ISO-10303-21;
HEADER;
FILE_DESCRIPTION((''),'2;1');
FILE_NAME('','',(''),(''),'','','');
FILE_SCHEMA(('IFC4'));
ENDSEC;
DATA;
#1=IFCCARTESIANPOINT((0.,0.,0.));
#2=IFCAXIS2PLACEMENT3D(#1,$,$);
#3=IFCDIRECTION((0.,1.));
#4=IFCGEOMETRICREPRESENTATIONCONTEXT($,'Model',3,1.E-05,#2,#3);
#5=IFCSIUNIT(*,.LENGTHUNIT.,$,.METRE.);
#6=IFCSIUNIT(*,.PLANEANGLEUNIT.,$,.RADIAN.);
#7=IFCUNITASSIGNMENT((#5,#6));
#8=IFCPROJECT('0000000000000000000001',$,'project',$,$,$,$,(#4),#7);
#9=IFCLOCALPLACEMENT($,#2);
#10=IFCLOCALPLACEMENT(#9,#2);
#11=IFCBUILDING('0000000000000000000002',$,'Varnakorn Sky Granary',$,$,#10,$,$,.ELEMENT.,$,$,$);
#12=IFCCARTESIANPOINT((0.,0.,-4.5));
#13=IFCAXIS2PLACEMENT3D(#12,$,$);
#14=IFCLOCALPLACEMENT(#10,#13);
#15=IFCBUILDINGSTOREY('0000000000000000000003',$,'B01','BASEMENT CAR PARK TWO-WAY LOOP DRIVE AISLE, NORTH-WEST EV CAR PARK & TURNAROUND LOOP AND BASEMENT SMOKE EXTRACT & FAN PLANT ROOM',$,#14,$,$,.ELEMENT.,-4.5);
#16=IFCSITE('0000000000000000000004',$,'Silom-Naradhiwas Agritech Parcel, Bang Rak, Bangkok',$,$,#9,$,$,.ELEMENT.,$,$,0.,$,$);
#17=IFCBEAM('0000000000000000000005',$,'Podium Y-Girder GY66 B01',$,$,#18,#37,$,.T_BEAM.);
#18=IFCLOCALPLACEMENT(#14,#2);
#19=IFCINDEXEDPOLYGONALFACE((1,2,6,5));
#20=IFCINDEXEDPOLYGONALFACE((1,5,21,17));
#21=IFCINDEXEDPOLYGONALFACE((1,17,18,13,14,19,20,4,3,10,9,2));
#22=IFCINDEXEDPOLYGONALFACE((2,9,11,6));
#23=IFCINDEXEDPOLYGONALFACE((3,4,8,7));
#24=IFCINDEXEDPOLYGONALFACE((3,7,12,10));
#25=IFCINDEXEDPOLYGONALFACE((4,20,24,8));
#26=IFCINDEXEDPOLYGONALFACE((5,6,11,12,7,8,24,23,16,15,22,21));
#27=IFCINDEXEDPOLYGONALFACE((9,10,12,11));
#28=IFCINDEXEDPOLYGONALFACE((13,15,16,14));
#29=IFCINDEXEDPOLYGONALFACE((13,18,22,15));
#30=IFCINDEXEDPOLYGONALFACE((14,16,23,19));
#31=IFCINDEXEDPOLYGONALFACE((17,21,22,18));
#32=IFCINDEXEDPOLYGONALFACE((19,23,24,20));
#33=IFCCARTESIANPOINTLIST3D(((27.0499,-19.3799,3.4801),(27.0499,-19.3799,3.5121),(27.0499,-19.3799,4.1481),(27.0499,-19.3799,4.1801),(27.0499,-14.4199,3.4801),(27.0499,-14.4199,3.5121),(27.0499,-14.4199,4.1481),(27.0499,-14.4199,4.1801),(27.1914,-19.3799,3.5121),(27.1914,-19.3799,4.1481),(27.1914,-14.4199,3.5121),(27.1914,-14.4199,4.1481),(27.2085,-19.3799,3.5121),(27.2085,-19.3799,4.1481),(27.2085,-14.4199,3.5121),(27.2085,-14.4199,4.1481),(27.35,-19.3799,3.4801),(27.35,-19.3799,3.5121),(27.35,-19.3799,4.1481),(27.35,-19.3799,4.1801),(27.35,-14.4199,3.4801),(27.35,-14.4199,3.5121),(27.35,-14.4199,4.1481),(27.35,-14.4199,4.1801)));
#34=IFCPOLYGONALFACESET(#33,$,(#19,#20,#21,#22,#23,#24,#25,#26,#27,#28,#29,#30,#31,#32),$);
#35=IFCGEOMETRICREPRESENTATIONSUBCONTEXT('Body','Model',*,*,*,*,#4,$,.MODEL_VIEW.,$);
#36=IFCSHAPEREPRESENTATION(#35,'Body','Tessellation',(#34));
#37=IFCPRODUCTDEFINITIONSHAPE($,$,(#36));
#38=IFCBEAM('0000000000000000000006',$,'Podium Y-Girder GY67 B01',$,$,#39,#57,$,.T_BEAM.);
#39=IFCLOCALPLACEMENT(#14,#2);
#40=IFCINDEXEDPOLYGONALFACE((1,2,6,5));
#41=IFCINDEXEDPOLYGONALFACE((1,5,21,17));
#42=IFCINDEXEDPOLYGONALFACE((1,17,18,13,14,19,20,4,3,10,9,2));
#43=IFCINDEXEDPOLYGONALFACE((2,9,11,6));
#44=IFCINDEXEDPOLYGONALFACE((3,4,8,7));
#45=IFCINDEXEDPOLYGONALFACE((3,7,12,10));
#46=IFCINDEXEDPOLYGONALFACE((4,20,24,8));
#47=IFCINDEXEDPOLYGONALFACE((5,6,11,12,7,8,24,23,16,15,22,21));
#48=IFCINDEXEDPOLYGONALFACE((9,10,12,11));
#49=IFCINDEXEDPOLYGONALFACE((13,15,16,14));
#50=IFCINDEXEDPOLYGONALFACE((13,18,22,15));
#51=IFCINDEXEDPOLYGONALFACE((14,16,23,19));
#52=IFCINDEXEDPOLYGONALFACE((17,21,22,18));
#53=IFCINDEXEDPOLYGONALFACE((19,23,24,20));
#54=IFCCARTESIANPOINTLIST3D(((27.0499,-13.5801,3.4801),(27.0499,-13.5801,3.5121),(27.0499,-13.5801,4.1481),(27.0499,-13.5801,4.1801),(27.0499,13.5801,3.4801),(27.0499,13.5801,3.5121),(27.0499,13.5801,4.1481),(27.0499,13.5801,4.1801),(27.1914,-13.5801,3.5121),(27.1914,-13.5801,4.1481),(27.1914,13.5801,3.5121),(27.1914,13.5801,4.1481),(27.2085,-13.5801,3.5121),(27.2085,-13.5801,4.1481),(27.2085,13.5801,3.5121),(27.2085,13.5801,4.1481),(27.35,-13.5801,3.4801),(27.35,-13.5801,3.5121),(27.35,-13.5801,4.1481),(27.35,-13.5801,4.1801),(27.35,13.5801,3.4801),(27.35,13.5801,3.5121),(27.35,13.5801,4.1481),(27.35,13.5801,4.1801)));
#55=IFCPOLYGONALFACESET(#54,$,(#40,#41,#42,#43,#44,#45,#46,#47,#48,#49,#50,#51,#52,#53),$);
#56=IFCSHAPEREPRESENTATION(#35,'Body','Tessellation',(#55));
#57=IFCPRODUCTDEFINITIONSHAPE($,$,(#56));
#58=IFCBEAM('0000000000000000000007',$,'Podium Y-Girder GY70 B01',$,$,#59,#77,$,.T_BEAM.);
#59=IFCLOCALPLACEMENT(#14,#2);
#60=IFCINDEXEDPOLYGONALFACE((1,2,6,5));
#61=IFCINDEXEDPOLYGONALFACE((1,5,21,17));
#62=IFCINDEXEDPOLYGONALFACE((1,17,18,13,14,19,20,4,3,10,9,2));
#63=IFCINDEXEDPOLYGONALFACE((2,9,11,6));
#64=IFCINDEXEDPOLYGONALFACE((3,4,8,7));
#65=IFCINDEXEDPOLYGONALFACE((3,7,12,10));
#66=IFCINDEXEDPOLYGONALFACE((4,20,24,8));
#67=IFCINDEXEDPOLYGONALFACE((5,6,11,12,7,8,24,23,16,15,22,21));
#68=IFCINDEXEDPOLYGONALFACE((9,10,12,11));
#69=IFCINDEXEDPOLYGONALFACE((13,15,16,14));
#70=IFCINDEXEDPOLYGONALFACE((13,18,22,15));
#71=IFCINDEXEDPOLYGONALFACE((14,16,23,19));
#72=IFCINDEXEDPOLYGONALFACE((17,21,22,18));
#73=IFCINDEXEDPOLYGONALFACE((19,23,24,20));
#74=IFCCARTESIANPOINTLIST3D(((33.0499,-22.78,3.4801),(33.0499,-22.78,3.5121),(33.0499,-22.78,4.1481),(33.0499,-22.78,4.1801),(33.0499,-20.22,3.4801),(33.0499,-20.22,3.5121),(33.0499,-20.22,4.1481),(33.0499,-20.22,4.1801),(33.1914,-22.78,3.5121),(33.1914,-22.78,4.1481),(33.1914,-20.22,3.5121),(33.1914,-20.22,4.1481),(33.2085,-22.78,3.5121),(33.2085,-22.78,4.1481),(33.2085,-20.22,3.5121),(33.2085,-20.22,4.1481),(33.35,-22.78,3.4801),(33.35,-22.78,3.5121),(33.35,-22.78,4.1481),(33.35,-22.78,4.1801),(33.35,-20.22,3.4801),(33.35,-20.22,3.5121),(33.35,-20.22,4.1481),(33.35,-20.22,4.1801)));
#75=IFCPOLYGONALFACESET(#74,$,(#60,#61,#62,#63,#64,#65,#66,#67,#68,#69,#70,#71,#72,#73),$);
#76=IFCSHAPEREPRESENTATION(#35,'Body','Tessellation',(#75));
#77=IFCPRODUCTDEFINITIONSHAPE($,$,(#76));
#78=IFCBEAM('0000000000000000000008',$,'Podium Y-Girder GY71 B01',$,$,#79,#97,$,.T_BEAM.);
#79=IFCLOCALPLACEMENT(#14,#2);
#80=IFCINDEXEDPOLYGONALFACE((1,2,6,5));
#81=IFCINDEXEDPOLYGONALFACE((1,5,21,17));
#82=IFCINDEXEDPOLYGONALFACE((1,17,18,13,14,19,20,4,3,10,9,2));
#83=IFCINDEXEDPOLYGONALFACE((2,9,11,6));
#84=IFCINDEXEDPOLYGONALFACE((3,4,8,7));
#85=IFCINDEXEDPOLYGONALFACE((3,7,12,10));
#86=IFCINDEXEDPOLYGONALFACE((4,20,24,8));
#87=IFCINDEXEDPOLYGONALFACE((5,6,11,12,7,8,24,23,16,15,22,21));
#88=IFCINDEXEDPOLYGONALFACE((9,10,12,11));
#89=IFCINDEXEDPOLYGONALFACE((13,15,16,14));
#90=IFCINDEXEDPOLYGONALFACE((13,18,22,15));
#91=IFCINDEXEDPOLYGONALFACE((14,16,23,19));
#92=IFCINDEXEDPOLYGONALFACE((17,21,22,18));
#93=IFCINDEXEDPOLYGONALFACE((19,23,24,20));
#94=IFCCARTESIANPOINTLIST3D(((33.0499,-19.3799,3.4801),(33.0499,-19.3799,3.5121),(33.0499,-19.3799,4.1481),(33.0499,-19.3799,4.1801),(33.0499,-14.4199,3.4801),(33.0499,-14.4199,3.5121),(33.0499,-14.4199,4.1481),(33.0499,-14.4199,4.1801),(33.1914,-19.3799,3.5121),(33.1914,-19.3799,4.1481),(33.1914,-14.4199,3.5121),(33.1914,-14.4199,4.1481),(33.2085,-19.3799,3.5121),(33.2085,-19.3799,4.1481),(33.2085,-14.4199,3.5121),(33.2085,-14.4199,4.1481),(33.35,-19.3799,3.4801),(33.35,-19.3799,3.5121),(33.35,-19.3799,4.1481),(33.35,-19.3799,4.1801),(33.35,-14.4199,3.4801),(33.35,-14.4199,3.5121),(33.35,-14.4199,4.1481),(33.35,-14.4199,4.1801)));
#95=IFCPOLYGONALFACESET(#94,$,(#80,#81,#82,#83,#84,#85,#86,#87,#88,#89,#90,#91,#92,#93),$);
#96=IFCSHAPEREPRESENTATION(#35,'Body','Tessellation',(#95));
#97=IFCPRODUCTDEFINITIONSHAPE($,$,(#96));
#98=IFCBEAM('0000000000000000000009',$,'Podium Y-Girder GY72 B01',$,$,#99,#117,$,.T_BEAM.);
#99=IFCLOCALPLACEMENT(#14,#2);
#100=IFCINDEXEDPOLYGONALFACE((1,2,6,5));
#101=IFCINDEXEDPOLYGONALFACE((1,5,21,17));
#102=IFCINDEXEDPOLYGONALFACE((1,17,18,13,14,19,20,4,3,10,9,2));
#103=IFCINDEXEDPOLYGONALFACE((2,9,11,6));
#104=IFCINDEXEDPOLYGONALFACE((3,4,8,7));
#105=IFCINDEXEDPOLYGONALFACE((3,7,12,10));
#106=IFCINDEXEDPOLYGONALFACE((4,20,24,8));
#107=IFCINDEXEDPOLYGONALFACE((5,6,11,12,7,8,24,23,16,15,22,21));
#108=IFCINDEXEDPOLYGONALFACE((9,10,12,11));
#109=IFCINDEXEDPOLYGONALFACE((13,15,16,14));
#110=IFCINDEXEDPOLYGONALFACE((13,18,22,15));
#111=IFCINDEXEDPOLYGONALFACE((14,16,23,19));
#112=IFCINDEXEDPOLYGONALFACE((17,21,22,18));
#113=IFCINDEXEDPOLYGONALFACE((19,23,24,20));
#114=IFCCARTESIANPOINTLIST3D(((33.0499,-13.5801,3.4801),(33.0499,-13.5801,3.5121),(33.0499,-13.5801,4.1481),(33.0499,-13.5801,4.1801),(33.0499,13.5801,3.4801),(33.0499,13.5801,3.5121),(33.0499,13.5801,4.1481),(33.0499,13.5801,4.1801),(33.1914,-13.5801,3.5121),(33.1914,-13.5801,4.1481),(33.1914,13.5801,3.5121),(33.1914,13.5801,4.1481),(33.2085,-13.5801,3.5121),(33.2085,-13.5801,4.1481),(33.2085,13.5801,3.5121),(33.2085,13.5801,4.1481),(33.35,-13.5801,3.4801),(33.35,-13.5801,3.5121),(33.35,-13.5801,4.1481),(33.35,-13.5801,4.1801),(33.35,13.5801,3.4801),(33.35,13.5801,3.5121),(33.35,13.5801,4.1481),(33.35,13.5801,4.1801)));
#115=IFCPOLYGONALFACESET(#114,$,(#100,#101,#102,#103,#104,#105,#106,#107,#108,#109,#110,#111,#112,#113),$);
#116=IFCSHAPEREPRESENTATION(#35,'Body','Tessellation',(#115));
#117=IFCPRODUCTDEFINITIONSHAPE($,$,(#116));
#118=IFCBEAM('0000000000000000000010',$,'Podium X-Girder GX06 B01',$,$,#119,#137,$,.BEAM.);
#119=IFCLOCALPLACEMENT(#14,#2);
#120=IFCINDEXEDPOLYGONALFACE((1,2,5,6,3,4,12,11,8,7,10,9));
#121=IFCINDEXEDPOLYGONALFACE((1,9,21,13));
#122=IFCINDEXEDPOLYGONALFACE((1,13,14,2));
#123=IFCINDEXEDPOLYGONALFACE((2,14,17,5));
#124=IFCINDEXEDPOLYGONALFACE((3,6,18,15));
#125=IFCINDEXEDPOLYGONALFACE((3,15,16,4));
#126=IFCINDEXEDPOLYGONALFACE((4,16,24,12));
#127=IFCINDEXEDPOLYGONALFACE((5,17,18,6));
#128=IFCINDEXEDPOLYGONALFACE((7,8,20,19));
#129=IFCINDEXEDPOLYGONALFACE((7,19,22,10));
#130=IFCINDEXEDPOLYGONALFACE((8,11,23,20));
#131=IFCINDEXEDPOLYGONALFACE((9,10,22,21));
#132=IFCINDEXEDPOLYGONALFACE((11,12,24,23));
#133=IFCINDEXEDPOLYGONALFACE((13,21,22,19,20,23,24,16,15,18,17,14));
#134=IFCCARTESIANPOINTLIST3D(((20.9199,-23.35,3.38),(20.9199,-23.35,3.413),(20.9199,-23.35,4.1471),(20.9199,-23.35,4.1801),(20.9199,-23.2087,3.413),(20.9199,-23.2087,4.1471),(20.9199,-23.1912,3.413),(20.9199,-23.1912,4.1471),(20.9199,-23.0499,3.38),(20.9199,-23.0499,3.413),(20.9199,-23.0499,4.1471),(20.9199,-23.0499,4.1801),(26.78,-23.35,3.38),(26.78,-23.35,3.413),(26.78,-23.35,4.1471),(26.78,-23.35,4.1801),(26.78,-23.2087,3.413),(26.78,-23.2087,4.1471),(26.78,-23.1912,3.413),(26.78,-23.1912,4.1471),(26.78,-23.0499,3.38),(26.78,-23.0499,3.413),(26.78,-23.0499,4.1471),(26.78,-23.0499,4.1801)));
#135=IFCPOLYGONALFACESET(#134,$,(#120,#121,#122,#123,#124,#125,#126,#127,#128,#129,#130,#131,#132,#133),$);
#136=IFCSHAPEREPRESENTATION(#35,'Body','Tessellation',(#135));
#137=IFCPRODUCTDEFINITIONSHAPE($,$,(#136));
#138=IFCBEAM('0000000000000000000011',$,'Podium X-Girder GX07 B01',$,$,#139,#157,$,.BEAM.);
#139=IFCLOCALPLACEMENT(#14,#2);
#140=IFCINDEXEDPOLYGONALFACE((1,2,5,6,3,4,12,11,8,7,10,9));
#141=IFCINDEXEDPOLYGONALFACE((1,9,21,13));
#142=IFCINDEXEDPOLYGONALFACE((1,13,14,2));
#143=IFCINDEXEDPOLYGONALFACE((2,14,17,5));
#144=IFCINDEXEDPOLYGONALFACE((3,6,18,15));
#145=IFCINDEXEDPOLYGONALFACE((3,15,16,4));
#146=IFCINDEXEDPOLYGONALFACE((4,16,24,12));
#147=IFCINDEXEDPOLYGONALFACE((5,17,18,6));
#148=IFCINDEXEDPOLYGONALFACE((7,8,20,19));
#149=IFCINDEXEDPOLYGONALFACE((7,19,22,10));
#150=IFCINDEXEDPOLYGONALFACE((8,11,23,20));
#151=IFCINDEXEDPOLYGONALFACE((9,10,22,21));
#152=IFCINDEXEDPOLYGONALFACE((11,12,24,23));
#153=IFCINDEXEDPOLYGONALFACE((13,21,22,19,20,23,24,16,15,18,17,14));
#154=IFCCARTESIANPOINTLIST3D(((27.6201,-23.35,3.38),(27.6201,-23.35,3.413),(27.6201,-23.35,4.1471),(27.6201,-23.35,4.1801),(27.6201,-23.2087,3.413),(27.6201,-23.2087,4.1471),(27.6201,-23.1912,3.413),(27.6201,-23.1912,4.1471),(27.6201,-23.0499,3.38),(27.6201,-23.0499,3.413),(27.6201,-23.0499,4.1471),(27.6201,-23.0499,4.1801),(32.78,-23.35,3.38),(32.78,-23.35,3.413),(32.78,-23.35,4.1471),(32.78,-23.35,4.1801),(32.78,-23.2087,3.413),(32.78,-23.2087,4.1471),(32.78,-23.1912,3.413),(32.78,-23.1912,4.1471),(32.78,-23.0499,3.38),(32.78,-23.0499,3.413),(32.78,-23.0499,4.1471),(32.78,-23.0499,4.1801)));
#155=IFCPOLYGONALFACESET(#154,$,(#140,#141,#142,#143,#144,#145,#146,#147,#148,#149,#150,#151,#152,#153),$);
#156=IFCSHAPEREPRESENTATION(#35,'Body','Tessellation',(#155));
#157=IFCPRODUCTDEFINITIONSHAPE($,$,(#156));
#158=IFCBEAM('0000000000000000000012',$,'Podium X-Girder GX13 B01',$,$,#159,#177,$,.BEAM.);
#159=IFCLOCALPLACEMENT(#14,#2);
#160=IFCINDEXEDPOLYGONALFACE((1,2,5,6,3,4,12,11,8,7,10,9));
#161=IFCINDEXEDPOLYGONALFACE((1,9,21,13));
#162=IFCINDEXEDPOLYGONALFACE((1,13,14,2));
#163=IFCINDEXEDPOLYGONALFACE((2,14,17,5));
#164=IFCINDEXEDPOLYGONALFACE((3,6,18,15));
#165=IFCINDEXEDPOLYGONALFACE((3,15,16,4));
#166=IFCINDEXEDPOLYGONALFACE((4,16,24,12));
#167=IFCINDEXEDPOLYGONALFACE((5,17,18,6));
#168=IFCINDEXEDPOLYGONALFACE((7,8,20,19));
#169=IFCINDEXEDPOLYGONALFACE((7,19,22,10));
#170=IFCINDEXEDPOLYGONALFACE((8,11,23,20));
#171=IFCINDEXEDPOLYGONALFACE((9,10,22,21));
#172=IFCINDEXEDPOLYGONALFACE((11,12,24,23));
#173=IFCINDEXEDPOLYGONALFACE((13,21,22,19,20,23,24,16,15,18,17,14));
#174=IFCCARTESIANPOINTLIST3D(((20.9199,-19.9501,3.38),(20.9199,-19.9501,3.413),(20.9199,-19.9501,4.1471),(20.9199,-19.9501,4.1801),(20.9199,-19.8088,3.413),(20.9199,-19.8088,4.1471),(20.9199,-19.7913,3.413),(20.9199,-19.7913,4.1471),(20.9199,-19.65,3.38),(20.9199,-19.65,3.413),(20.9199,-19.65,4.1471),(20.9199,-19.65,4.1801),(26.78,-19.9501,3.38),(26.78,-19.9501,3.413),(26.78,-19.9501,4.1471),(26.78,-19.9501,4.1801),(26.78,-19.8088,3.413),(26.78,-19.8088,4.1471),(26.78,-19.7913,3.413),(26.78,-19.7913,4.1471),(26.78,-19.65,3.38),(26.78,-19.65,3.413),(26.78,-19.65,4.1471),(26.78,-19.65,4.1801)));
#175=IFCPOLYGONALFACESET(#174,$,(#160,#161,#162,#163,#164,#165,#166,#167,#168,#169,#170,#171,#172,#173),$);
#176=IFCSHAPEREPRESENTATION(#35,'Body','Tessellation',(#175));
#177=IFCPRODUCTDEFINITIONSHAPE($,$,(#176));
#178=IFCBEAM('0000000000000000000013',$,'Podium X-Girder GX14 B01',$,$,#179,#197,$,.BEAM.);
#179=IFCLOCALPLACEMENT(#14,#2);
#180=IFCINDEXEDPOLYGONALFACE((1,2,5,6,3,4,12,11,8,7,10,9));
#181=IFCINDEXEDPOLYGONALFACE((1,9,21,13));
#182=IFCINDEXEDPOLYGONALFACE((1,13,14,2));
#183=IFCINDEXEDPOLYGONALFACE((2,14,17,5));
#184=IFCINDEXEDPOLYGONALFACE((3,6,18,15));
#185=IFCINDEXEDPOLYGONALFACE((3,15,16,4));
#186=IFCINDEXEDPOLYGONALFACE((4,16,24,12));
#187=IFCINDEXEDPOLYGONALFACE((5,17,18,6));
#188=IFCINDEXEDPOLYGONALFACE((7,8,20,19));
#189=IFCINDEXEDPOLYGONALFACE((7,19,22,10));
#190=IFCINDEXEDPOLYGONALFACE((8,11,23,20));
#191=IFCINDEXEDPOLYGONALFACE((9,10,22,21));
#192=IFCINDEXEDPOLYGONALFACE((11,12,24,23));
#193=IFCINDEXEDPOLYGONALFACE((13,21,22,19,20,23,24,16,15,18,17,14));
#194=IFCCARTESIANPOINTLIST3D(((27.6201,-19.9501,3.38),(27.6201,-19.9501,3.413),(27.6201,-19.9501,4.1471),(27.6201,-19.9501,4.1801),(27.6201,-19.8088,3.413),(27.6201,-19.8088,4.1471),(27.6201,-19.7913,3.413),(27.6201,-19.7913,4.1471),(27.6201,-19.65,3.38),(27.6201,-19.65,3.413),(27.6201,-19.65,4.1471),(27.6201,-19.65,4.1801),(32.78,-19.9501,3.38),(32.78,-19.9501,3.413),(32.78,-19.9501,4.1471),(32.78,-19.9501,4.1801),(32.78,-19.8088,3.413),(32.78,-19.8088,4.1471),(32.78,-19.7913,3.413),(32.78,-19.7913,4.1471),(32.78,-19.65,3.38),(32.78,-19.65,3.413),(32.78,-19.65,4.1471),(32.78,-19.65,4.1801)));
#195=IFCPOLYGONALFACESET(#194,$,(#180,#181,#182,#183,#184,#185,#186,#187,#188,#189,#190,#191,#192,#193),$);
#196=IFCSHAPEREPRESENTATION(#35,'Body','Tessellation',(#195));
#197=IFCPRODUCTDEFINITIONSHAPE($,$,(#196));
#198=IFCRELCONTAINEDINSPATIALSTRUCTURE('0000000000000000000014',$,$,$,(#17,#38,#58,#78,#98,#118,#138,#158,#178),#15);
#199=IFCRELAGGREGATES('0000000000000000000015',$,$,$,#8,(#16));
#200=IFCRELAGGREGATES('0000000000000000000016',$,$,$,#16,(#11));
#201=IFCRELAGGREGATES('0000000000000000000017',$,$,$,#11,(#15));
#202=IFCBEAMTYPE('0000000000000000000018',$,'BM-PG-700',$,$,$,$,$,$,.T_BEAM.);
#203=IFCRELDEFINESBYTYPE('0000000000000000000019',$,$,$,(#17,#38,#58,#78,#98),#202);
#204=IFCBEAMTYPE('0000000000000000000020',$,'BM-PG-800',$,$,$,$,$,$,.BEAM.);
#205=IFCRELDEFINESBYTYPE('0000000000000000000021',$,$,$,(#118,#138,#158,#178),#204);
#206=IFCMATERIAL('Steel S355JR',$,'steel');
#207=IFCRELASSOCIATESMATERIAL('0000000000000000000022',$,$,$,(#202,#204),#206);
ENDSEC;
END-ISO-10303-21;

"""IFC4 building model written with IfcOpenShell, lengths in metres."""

from ifc_helpers import new_model, si_unit, direction, frame, origin, origin_2d, place, context, subcontext, project, spatial, i_section, extrude, material, material_profile, profile_set, type_object, element, save


model = new_model("IFC4")

# Units and contexts
model_context = context("Model", 3, precision=1e-05, world=origin(), true_north=direction((0.0, 1.0)))
body_context = subcontext(model_context, "Body", "Model", "MODEL_VIEW")
ifc_project = project(units=[si_unit("LENGTHUNIT", "METRE"), si_unit("PLANEANGLEUNIT", "RADIAN")], contexts=[model_context])

# Site, building, storey
site_placement = place(None, origin())
site = spatial("IfcSite", under=ifc_project, at=site_placement, Name="Silom-Naradhiwas Agritech Parcel, Bang Rak, Bangkok", CompositionType="ELEMENT", RefElevation=0.0)
building_placement = place(site_placement, origin())
building = spatial("IfcBuilding", under=site, at=building_placement, Name="Varnakorn Sky Granary", CompositionType="ELEMENT")
storey_placement = place(building_placement, frame((0.0, 0.0, -4.5)))
storey = spatial("IfcBuildingStorey", under=building, at=storey_placement, Name="B01", Description="BASEMENT CAR PARK TWO-WAY LOOP DRIVE AISLE, NORTH-WEST EV CAR PARK & TURNAROUND LOOP AND BASEMENT SMOKE EXTRACT & FAN PLANT ROOM", CompositionType="ELEMENT", Elevation=-4.5)

# Beams
ifc_material_1 = material(Name="Steel S355JR", Category="steel")
ifc_material_profile_1 = material_profile(ifc_material_1, i_section(OverallWidth=0.3, OverallDepth=0.7, WebThickness=0.0171, FlangeThickness=0.032, at=origin_2d()), Name="HE 700 B")
ifc_profile_set_1 = profile_set([ifc_material_profile_1], Name="Steel S355JR")
beam_type_1 = type_object("IfcBeamType", Name="BM-PG-700", PredefinedType="T_BEAM", material=ifc_profile_set_1)
beam_1_placement = place(storey_placement, frame((27.2, -19.3799, 3.8301), z_axis=(0.0, 1.0, 0.0), x_axis=(-1.0, 0.0, 0.0)))
element("IfcBeam", 1, at=beam_1_placement, inside=storey, type_object=beam_type_1, Name="Podium Y-Girder GY66 B01", PredefinedType="T_BEAM", context=body_context, shape_type="SweptSolid", body=[
    extrude(i_section(OverallWidth=0.3, OverallDepth=0.7, WebThickness=0.0171, FlangeThickness=0.032, at=origin_2d()), origin(), (0.0, 0.0, 1.0), 4.96),
])
beam_2_placement = place(storey_placement, frame((27.2, -13.5801, 3.8301), z_axis=(0.0, 1.0, 0.0), x_axis=(-1.0, 0.0, 0.0)))
element("IfcBeam", 2, at=beam_2_placement, inside=storey, type_object=beam_type_1, Name="Podium Y-Girder GY67 B01", PredefinedType="T_BEAM", context=body_context, shape_type="SweptSolid", body=[
    extrude(i_section(OverallWidth=0.3, OverallDepth=0.7, WebThickness=0.0171, FlangeThickness=0.032, at=origin_2d()), origin(), (0.0, 0.0, 1.0), 27.1602),
])
beam_3_placement = place(storey_placement, frame((33.2, -22.78, 3.8301), z_axis=(0.0, 1.0, 0.0), x_axis=(-1.0, 0.0, 0.0)))
element("IfcBeam", 3, at=beam_3_placement, inside=storey, type_object=beam_type_1, Name="Podium Y-Girder GY70 B01", PredefinedType="T_BEAM", context=body_context, shape_type="SweptSolid", body=[
    extrude(i_section(OverallWidth=0.3, OverallDepth=0.7, WebThickness=0.0171, FlangeThickness=0.032, at=origin_2d()), origin(), (0.0, 0.0, 1.0), 2.5601),
])
beam_4_placement = place(storey_placement, frame((33.2, -19.3799, 3.8301), z_axis=(0.0, 1.0, 0.0), x_axis=(-1.0, 0.0, 0.0)))
element("IfcBeam", 4, at=beam_4_placement, inside=storey, type_object=beam_type_1, Name="Podium Y-Girder GY71 B01", PredefinedType="T_BEAM", context=body_context, shape_type="SweptSolid", body=[
    extrude(i_section(OverallWidth=0.3, OverallDepth=0.7, WebThickness=0.0171, FlangeThickness=0.032, at=origin_2d()), origin(), (0.0, 0.0, 1.0), 4.96),
])
beam_5_placement = place(storey_placement, frame((33.2, -13.5801, 3.8301), z_axis=(0.0, 1.0, 0.0), x_axis=(-1.0, 0.0, 0.0)))
element("IfcBeam", 5, at=beam_5_placement, inside=storey, type_object=beam_type_1, Name="Podium Y-Girder GY72 B01", PredefinedType="T_BEAM", context=body_context, shape_type="SweptSolid", body=[
    extrude(i_section(OverallWidth=0.3, OverallDepth=0.7, WebThickness=0.0171, FlangeThickness=0.032, at=origin_2d()), origin(), (0.0, 0.0, 1.0), 27.1602),
])
ifc_material_profile_2 = material_profile(ifc_material_1, i_section(OverallWidth=0.3, OverallDepth=0.8, WebThickness=0.0176, FlangeThickness=0.033, at=origin_2d()), Name="HE 800 B")
ifc_profile_set_2 = profile_set([ifc_material_profile_2], Name="Steel S355JR")
beam_type_2 = type_object("IfcBeamType", Name="BM-PG-800", PredefinedType="BEAM", material=ifc_profile_set_2)
beam_6_placement = place(storey_placement, frame((20.9199, -23.2, 3.78), z_axis=(1.0, 0.0, 0.0), x_axis=(0.0, 1.0, 0.0)))
element("IfcBeam", 6, at=beam_6_placement, inside=storey, type_object=beam_type_2, Name="Podium X-Girder GX06 B01", PredefinedType="BEAM", context=body_context, shape_type="SweptSolid", body=[
    extrude(i_section(OverallWidth=0.3, OverallDepth=0.8, WebThickness=0.0176, FlangeThickness=0.033, at=origin_2d()), origin(), (0.0, 0.0, 1.0), 5.8601),
])
beam_7_placement = place(storey_placement, frame((27.6201, -23.2, 3.78), z_axis=(1.0, 0.0, 0.0), x_axis=(0.0, 1.0, 0.0)))
element("IfcBeam", 7, at=beam_7_placement, inside=storey, type_object=beam_type_2, Name="Podium X-Girder GX07 B01", PredefinedType="BEAM", context=body_context, shape_type="SweptSolid", body=[
    extrude(i_section(OverallWidth=0.3, OverallDepth=0.8, WebThickness=0.0176, FlangeThickness=0.033, at=origin_2d()), origin(), (0.0, 0.0, 1.0), 5.1599),
])
beam_8_placement = place(storey_placement, frame((20.9199, -19.8, 3.78), z_axis=(1.0, 0.0, 0.0), x_axis=(0.0, 1.0, 0.0)))
element("IfcBeam", 8, at=beam_8_placement, inside=storey, type_object=beam_type_2, Name="Podium X-Girder GX13 B01", PredefinedType="BEAM", context=body_context, shape_type="SweptSolid", body=[
    extrude(i_section(OverallWidth=0.3, OverallDepth=0.8, WebThickness=0.0176, FlangeThickness=0.033, at=origin_2d()), origin(), (0.0, 0.0, 1.0), 5.8601),
])
beam_9_placement = place(storey_placement, frame((27.6201, -19.8, 3.78), z_axis=(1.0, 0.0, 0.0), x_axis=(0.0, 1.0, 0.0)))
element("IfcBeam", 9, at=beam_9_placement, inside=storey, type_object=beam_type_2, Name="Podium X-Girder GX14 B01", PredefinedType="BEAM", context=body_context, shape_type="SweptSolid", body=[
    extrude(i_section(OverallWidth=0.3, OverallDepth=0.8, WebThickness=0.0176, FlangeThickness=0.033, at=origin_2d()), origin(), (0.0, 0.0, 1.0), 5.1599),
])

save(model, "model.ifc")
